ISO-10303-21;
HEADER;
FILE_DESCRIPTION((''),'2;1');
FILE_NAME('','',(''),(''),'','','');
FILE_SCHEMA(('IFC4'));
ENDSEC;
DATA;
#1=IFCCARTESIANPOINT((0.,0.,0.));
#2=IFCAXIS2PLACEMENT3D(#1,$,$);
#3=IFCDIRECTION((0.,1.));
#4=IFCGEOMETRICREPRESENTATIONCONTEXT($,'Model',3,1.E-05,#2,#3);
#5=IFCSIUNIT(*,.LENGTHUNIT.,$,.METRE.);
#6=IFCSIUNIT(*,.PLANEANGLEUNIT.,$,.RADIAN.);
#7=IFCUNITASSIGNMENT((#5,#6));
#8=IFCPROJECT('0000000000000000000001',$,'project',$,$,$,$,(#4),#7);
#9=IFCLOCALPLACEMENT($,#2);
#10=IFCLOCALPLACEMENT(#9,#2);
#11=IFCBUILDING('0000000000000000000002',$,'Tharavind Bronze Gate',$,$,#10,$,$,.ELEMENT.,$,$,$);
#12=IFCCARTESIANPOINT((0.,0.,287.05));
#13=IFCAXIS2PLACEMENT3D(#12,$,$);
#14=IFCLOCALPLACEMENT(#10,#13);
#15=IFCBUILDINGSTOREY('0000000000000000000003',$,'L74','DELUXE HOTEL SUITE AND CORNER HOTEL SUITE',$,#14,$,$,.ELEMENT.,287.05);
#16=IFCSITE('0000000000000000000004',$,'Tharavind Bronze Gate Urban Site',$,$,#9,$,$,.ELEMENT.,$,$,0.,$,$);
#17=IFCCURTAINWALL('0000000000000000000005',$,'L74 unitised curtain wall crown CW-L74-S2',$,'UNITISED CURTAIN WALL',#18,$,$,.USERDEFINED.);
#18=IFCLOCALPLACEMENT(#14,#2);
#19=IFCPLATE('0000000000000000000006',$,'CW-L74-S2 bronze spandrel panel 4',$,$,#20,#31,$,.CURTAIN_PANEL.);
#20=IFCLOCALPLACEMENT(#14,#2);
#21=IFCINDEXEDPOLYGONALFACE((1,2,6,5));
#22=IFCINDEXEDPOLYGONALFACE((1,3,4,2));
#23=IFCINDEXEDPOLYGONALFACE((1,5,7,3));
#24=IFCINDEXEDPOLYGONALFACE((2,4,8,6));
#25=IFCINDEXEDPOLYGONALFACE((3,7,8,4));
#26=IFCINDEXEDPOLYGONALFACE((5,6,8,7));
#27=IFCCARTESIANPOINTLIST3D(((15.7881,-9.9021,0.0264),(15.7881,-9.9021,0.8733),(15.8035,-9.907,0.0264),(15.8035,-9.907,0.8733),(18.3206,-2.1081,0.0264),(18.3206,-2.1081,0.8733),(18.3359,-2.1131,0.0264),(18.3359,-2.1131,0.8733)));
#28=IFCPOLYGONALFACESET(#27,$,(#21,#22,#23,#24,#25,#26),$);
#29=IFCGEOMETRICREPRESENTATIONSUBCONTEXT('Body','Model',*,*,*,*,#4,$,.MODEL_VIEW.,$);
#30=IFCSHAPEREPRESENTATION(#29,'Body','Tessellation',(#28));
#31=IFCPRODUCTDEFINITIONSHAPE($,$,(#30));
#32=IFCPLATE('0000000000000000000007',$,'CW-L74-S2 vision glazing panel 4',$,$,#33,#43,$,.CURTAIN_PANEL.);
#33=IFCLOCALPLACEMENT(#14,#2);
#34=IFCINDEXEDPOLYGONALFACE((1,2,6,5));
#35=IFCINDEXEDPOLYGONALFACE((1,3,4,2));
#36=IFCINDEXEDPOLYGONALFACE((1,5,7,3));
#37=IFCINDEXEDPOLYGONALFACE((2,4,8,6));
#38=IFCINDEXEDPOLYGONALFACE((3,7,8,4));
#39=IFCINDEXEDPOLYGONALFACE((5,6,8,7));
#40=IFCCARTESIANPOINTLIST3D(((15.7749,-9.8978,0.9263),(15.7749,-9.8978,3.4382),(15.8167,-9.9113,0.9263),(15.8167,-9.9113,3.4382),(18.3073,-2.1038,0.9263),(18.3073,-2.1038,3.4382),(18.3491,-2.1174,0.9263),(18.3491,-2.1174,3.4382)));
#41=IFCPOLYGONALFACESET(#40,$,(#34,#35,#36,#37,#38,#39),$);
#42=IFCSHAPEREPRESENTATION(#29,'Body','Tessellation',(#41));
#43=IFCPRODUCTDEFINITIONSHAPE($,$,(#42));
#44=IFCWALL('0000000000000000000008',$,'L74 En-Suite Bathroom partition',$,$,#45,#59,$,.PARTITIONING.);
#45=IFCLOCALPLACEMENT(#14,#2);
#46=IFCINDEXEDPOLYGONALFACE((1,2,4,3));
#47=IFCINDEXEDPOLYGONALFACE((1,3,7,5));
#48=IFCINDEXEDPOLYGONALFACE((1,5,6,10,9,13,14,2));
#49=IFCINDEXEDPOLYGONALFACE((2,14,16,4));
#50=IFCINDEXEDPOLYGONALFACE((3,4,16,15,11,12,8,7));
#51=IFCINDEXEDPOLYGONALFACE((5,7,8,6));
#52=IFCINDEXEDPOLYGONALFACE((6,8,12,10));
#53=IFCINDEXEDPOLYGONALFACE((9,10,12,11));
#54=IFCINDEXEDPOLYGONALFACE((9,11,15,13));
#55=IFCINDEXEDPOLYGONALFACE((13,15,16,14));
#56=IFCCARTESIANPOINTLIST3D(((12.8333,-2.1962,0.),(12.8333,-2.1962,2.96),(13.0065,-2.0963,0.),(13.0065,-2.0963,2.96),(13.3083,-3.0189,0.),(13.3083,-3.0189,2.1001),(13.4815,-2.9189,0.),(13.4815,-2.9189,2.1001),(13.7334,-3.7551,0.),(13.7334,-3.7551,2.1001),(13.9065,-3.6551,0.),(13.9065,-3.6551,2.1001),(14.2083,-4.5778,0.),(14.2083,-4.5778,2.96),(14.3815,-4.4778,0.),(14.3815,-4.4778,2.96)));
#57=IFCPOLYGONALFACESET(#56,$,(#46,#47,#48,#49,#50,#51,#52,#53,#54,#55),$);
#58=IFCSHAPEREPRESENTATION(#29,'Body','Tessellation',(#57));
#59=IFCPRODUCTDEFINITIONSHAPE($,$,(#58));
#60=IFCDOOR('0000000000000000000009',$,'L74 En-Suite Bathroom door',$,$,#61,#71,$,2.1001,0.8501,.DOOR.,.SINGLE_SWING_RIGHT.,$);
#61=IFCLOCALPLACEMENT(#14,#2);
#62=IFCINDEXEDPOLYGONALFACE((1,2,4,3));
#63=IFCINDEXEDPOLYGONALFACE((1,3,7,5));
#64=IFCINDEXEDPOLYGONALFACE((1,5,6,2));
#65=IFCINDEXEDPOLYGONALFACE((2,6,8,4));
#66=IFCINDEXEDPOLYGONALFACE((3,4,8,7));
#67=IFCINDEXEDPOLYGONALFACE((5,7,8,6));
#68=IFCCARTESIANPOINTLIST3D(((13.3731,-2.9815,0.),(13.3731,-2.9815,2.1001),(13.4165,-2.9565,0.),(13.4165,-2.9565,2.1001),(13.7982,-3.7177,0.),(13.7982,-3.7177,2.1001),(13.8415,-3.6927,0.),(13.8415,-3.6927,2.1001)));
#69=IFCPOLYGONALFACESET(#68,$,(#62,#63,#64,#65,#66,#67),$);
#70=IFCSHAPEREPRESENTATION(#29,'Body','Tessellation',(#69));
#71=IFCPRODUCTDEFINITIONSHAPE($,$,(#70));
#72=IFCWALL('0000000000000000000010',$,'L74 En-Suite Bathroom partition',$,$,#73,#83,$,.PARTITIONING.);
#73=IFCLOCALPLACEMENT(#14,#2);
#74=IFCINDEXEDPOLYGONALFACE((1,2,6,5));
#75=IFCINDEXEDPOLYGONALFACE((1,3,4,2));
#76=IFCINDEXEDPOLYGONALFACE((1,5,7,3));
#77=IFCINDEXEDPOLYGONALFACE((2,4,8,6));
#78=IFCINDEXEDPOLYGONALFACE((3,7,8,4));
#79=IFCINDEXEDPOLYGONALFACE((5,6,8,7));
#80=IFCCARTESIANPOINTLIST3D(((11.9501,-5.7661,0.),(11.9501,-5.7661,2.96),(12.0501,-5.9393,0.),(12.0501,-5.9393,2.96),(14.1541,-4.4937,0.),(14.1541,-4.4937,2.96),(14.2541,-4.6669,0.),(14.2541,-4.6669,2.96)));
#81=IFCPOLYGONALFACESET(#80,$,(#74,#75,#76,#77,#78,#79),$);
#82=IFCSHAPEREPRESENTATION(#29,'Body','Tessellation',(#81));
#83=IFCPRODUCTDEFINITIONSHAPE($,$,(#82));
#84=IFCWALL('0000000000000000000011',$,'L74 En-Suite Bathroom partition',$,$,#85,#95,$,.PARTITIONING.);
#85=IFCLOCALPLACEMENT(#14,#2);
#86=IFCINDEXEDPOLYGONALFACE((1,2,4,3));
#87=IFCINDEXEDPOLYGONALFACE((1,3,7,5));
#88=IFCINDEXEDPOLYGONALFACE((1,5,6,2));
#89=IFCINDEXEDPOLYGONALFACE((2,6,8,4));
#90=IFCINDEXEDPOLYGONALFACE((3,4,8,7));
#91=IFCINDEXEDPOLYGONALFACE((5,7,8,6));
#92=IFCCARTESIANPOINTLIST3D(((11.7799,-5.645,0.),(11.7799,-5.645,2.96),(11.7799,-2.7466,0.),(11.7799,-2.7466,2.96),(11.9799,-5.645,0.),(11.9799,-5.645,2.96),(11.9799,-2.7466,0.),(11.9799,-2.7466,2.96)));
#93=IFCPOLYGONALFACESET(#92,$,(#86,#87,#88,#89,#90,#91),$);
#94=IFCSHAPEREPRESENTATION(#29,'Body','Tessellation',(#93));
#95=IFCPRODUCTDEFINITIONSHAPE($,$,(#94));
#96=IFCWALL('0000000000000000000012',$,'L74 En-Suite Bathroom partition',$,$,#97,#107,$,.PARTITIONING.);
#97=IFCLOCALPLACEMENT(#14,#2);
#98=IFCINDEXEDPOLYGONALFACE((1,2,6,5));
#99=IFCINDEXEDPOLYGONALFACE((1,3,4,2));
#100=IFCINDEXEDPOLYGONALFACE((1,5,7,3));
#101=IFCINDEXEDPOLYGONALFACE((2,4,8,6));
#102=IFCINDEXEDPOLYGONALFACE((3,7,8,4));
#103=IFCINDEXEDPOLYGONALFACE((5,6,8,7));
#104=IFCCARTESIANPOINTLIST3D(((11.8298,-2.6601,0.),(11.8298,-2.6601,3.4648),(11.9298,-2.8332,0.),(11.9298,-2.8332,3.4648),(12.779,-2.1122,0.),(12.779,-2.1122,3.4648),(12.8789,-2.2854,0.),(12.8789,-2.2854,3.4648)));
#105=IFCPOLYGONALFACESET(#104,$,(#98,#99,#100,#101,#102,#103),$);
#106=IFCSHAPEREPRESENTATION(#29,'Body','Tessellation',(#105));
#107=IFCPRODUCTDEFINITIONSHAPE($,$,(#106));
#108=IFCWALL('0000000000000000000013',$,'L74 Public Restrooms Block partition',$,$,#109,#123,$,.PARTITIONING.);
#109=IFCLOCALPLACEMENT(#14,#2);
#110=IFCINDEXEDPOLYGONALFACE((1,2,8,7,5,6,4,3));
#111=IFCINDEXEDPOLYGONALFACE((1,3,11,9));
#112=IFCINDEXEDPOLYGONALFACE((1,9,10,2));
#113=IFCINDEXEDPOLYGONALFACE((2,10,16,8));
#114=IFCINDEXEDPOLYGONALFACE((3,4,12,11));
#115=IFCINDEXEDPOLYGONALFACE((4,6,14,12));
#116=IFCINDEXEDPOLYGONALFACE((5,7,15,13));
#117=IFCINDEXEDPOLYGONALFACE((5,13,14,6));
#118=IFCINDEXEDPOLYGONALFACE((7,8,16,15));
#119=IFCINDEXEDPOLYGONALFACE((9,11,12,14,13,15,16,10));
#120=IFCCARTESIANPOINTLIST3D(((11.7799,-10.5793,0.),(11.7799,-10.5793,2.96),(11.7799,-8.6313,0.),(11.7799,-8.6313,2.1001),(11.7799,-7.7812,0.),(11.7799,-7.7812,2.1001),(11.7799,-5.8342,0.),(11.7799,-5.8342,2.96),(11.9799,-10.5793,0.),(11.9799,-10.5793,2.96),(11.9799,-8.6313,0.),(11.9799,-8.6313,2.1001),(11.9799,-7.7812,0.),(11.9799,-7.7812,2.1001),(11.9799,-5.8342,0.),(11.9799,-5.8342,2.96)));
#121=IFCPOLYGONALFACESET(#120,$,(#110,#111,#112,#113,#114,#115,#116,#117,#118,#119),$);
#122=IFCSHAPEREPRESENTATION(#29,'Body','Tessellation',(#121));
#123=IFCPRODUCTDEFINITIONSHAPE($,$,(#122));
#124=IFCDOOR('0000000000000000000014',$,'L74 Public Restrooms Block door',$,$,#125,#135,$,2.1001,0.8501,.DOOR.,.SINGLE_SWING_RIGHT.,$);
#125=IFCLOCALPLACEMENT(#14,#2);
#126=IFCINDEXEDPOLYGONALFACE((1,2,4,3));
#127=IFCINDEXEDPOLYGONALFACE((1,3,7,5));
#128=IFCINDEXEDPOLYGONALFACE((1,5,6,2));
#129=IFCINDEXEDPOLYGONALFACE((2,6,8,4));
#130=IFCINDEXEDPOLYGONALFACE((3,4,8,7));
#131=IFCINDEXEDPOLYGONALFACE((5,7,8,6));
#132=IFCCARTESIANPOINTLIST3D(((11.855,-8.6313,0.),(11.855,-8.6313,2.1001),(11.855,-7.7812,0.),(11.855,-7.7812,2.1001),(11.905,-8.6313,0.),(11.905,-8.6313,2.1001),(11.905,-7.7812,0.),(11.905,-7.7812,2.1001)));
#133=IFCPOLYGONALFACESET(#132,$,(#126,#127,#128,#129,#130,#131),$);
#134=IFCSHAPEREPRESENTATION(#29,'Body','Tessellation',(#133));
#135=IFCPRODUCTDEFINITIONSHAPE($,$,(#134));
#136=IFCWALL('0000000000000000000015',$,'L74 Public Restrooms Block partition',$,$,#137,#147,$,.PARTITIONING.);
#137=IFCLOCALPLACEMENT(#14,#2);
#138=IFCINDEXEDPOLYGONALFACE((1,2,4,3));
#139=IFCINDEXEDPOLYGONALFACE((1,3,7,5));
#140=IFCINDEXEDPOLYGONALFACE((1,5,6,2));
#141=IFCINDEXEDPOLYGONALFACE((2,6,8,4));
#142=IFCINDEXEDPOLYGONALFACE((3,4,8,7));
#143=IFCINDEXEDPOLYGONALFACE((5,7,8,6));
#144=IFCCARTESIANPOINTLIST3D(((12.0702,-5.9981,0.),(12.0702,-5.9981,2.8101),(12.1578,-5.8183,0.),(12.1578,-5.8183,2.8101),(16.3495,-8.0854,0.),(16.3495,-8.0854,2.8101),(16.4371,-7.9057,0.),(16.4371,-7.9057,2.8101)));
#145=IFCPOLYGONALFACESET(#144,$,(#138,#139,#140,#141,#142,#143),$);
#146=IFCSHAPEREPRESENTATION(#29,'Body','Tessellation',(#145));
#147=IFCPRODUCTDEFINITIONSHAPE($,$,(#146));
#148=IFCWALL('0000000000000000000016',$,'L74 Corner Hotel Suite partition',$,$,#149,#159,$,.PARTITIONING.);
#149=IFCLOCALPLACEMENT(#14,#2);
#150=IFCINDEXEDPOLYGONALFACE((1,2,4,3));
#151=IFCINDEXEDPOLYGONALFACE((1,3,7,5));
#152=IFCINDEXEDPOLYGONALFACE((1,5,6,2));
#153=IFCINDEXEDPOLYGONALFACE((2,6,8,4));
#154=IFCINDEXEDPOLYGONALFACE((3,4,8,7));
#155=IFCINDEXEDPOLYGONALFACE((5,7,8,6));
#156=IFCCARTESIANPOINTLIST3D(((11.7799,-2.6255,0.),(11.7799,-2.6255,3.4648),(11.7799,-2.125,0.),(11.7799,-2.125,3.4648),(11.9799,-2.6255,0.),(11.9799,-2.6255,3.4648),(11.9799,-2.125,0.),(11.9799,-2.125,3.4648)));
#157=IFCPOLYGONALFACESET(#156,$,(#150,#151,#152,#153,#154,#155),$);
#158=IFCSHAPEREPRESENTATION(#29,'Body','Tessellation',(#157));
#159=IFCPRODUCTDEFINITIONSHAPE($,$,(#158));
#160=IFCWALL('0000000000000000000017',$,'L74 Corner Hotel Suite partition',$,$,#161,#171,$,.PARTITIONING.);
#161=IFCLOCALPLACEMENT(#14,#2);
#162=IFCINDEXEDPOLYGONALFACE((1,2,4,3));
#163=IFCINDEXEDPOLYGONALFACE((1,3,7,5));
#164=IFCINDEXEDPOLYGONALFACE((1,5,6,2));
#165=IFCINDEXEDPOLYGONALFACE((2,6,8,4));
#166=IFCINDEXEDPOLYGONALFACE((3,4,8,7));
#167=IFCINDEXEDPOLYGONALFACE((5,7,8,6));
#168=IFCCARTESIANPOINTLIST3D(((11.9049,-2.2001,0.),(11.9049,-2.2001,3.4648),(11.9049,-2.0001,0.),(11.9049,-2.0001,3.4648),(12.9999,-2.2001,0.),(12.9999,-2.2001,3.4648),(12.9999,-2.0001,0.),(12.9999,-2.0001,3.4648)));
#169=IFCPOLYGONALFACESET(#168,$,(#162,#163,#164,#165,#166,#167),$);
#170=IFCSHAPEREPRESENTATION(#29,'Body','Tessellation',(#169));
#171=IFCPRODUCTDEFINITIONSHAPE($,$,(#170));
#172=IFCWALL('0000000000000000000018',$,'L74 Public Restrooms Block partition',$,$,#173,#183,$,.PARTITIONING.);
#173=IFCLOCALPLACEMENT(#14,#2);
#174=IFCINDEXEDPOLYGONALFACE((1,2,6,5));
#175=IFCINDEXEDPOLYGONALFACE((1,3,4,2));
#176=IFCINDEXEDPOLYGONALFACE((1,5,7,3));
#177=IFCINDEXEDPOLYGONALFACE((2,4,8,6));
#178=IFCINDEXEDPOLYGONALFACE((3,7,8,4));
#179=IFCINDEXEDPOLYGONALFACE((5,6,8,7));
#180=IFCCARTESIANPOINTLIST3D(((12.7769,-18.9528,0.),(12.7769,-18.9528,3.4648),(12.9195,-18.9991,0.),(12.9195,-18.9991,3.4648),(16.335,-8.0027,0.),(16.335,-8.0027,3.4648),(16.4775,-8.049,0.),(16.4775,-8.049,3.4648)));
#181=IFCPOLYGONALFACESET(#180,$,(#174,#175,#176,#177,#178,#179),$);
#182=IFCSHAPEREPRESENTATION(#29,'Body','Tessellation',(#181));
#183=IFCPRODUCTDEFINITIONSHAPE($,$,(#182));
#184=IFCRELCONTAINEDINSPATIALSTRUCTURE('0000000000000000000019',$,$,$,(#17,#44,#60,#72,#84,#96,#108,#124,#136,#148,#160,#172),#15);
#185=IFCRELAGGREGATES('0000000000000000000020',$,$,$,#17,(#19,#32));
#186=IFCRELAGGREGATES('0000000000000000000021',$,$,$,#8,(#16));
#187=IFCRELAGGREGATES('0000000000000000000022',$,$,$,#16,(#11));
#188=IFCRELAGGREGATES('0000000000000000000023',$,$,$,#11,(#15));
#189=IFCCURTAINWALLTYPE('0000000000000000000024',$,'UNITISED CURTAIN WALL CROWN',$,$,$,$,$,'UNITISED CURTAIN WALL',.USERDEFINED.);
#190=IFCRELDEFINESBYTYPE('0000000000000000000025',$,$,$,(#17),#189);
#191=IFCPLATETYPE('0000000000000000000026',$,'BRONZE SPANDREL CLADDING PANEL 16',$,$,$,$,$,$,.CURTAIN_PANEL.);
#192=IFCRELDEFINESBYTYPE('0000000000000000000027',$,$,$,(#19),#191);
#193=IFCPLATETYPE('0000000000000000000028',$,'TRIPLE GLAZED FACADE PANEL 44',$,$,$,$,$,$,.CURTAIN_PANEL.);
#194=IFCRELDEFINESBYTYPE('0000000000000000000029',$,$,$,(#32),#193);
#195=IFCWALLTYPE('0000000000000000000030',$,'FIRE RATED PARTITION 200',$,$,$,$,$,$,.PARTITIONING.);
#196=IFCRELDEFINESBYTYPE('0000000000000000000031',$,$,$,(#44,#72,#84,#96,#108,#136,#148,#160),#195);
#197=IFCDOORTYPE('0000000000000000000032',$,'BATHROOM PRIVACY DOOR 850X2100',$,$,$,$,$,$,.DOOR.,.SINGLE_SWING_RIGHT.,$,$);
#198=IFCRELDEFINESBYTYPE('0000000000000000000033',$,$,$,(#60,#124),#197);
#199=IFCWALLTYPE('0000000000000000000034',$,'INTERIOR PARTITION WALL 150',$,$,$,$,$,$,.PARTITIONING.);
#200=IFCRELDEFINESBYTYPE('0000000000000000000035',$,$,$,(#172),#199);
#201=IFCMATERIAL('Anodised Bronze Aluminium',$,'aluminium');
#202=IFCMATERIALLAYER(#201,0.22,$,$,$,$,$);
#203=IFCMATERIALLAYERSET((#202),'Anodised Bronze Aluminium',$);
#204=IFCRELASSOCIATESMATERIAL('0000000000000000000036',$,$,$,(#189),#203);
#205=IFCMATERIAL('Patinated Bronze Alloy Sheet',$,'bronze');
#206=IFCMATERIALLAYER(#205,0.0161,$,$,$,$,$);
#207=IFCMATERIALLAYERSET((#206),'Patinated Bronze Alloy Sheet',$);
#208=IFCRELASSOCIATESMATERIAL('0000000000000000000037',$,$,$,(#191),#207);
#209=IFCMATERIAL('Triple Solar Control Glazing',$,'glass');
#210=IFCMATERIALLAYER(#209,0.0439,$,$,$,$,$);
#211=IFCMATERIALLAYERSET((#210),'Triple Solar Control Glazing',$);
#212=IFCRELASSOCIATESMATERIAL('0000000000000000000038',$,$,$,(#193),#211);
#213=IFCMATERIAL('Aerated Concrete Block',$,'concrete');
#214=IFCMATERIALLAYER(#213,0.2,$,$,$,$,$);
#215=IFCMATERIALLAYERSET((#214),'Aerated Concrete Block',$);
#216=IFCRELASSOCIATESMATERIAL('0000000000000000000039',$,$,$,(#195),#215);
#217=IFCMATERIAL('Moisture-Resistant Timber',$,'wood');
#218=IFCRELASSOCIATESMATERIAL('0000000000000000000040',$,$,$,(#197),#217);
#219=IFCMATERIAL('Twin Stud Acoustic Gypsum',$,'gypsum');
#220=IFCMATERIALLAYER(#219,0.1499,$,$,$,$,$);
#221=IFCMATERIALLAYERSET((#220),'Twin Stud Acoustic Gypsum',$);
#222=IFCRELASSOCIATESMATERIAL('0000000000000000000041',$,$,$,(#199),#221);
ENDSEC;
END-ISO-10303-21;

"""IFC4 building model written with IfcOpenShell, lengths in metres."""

from ifc_helpers import new_model, si_unit, direction, frame, frame_2d, origin, origin_2d, place, context, subcontext, project, spatial, rectangle, extrude, material, layer, layer_set, type_object, element, fill, aggregate, save


model = new_model("IFC4")

# Units and contexts
model_context = context("Model", 3, precision=1e-05, world=origin(), true_north=direction((0.0, 1.0)))
body_context = subcontext(model_context, "Body", "Model", "MODEL_VIEW")
ifc_project = project(units=[si_unit("LENGTHUNIT", "METRE"), si_unit("PLANEANGLEUNIT", "RADIAN")], contexts=[model_context])

# Site, building, storey
site_placement = place(None, origin())
site = spatial("IfcSite", under=ifc_project, at=site_placement, Name="Tharavind Bronze Gate Urban Site", CompositionType="ELEMENT", RefElevation=0.0)
building_placement = place(site_placement, origin())
building = spatial("IfcBuilding", under=site, at=building_placement, Name="Tharavind Bronze Gate", CompositionType="ELEMENT")
storey_placement = place(building_placement, frame((0.0, 0.0, 287.05)))
storey = spatial("IfcBuildingStorey", under=building, at=storey_placement, Name="L74", Description="DELUXE HOTEL SUITE AND CORNER HOTEL SUITE", CompositionType="ELEMENT", Elevation=287.05)

# Curtain wall
ifc_material_1 = material(Name="Anodised Bronze Aluminium", Category="aluminium")
ifc_layer_1 = layer(ifc_material_1, 0.22)
ifc_layer_set_1 = layer_set([ifc_layer_1], Name="Anodised Bronze Aluminium")
curtain_wall_type = type_object("IfcCurtainWallType", Name="UNITISED CURTAIN WALL CROWN", ElementType="UNITISED CURTAIN WALL", PredefinedType="USERDEFINED", material=ifc_layer_set_1)
curtain_wall_placement = place(storey_placement, origin())
curtain_wall = element("IfcCurtainWall", 1, at=curtain_wall_placement, inside=storey, type_object=curtain_wall_type, Name="L74 unitised curtain wall crown CW-L74-S2", ObjectType="UNITISED CURTAIN WALL", PredefinedType="USERDEFINED")

# Plates
ifc_material_2 = material(Name="Patinated Bronze Alloy Sheet", Category="bronze")
ifc_layer_2 = layer(ifc_material_2, 0.0161)
ifc_layer_set_2 = layer_set([ifc_layer_2], Name="Patinated Bronze Alloy Sheet")
plate_type_1 = type_object("IfcPlateType", Name="BRONZE SPANDREL CLADDING PANEL 16", PredefinedType="CURTAIN_PANEL", material=ifc_layer_set_2)
plate_1_placement = place(storey_placement, frame((17.062, -6.0076, 0.0264), z_axis=(0.0, 0.0, 1.0), x_axis=(0.309017, 0.951057, 0.0)))
plate_1 = element("IfcPlate", 2, at=plate_1_placement, type_object=plate_type_1, Name="CW-L74-S2 bronze spandrel panel 4", PredefinedType="CURTAIN_PANEL", context=body_context, shape_type="SweptSolid", body=[
    extrude(rectangle(XDim=8.1951, YDim=0.0161, at=origin_2d()), origin(), (0.0, 0.0, 1.0), 0.8469),
])
ifc_material_3 = material(Name="Triple Solar Control Glazing", Category="glass")
ifc_layer_3 = layer(ifc_material_3, 0.0439)
ifc_layer_set_3 = layer_set([ifc_layer_3], Name="Triple Solar Control Glazing")
plate_type_2 = type_object("IfcPlateType", Name="TRIPLE GLAZED FACADE PANEL 44", PredefinedType="CURTAIN_PANEL", material=ifc_layer_set_3)
plate_2_placement = place(storey_placement, frame((17.062, -6.0076, 0.9263), z_axis=(0.0, 0.0, 1.0), x_axis=(0.309017, 0.951057, 0.0)))
plate_2 = element("IfcPlate", 3, at=plate_2_placement, type_object=plate_type_2, Name="CW-L74-S2 vision glazing panel 4", PredefinedType="CURTAIN_PANEL", context=body_context, shape_type="SweptSolid", body=[
    extrude(rectangle(XDim=8.1951, YDim=0.0439, at=origin_2d()), origin(), (0.0, 0.0, 1.0), 2.512),
])
aggregate(curtain_wall, [plate_1, plate_2])

# Wall, opening, door
ifc_material_4 = material(Name="Aerated Concrete Block", Category="concrete")
ifc_layer_4 = layer(ifc_material_4, 0.2)
ifc_layer_set_4 = layer_set([ifc_layer_4], Name="Aerated Concrete Block")
wall_type_1 = type_object("IfcWallType", Name="FIRE RATED PARTITION 200", PredefinedType="PARTITIONING", material=ifc_layer_set_4)
wall_1_placement = place(storey_placement, frame((12.9199, -2.1462, 0.0), z_axis=(0.0, 0.0, 1.0), x_axis=(0.499997, -0.866027, 0.0)))
wall_1 = element("IfcWall", 4, at=wall_1_placement, inside=storey, type_object=wall_type_1, Name="L74 En-Suite Bathroom partition", PredefinedType="PARTITIONING", context=body_context, shape_type="SweptSolid", body=[
    extrude(rectangle(XDim=2.75, YDim=0.2, at=frame_2d((1.375, 0.0))), origin(), (0.0, 0.0, 1.0), 2.96),
])
opening_1_placement = place(wall_1_placement, frame((0.95, 0.0, 0.0)))
opening_1 = element("IfcOpeningElement", 5, at=opening_1_placement, cuts=wall_1, PredefinedType="OPENING", context=body_context, shape_type="SweptSolid", body=[
    extrude(rectangle(XDim=0.8501, YDim=2.1001, at=frame_2d((0.425, 1.05))), frame((0.0, 0.1101, 0.0), z_axis=(0.0, -1.0, 0.0), x_axis=(1.0, 0.0, 0.0)), (0.0, 0.0, 1.0), 0.22),
])
ifc_material_5 = material(Name="Moisture-Resistant Timber", Category="wood")
door_type_1 = type_object("IfcDoorType", Name="BATHROOM PRIVACY DOOR 850X2100", OperationType="SINGLE_SWING_RIGHT", PredefinedType="DOOR", material=ifc_material_5)
door_1_placement = place(opening_1_placement, origin())
door_1 = element("IfcDoor", 6, at=door_1_placement, inside=storey, type_object=door_type_1, Name="L74 En-Suite Bathroom door", OperationType="SINGLE_SWING_RIGHT", OverallHeight=2.1001, OverallWidth=0.8501, PredefinedType="DOOR", context=body_context, shape_type="SweptSolid", body=[
    extrude(rectangle(XDim=0.8501, YDim=2.1001, at=frame_2d((0.425, 1.05))), frame((0.0, 0.0249, 0.0), z_axis=(0.0, -1.0, 0.0), x_axis=(1.0, 0.0, 0.0)), (0.0, 0.0, 1.0), 0.05),
])
fill(opening_1, door_1)

# Walls
wall_2_placement = place(storey_placement, frame((14.2041, -4.5803, 0.0), z_axis=(0.0, 0.0, 1.0), x_axis=(-0.866039, -0.499977, 0.0)))
element("IfcWall", 7, at=wall_2_placement, inside=storey, type_object=wall_type_1, Name="L74 En-Suite Bathroom partition", PredefinedType="PARTITIONING", context=body_context, shape_type="SweptSolid", body=[
    extrude(rectangle(XDim=2.5449, YDim=0.2, at=frame_2d((1.2725, 0.0))), origin(), (0.0, 0.0, 1.0), 2.96),
])
wall_3_placement = place(storey_placement, frame((11.8799, -5.645, 0.0), z_axis=(0.0, 0.0, 1.0), x_axis=(0.0, 1.0, 0.0)))
element("IfcWall", 8, at=wall_3_placement, inside=storey, type_object=wall_type_1, Name="L74 En-Suite Bathroom partition", PredefinedType="PARTITIONING", context=body_context, shape_type="SweptSolid", body=[
    extrude(rectangle(XDim=2.8984, YDim=0.2, at=frame_2d((1.4492, 0.0))), origin(), (0.0, 0.0, 1.0), 2.96),
])
wall_4_placement = place(storey_placement, frame((11.8799, -2.7466, 0.0), z_axis=(0.0, 0.0, 1.0), x_axis=(0.866097, 0.499877, 0.0)))
element("IfcWall", 9, at=wall_4_placement, inside=storey, type_object=wall_type_1, Name="L74 En-Suite Bathroom partition", PredefinedType="PARTITIONING", context=body_context, shape_type="SweptSolid", body=[
    extrude(rectangle(XDim=1.0959, YDim=0.2, at=frame_2d((0.5479, 0.0))), origin(), (0.0, 0.0, 1.0), 3.4648),
])

# Wall, opening, door
wall_5_placement = place(storey_placement, frame((11.8799, -10.5793, 0.0), z_axis=(0.0, 0.0, 1.0), x_axis=(0.0, 1.0, 0.0)))
wall_5 = element("IfcWall", 10, at=wall_5_placement, inside=storey, type_object=wall_type_1, Name="L74 Public Restrooms Block partition", PredefinedType="PARTITIONING", context=body_context, shape_type="SweptSolid", body=[
    extrude(rectangle(XDim=4.7451, YDim=0.2, at=frame_2d((2.3726, 0.0))), origin(), (0.0, 0.0, 1.0), 2.96),
])
opening_2_placement = place(wall_5_placement, frame((1.948, 0.0, 0.0)))
opening_2 = element("IfcOpeningElement", 11, at=opening_2_placement, cuts=wall_5, PredefinedType="OPENING", context=body_context, shape_type="SweptSolid", body=[
    extrude(rectangle(XDim=0.8501, YDim=2.1001, at=frame_2d((0.425, 1.05))), frame((0.0, 0.1101, 0.0), z_axis=(0.0, -1.0, 0.0), x_axis=(1.0, 0.0, 0.0)), (0.0, 0.0, 1.0), 0.22),
])
door_2_placement = place(opening_2_placement, origin())
door_2 = element("IfcDoor", 12, at=door_2_placement, inside=storey, type_object=door_type_1, Name="L74 Public Restrooms Block door", OperationType="SINGLE_SWING_RIGHT", OverallHeight=2.1001, OverallWidth=0.8501, PredefinedType="DOOR", context=body_context, shape_type="SweptSolid", body=[
    extrude(rectangle(XDim=0.8501, YDim=2.1001, at=frame_2d((0.425, 1.05))), frame((0.0, 0.0249, 0.0), z_axis=(0.0, -1.0, 0.0), x_axis=(1.0, 0.0, 0.0)), (0.0, 0.0, 1.0), 0.05),
])
fill(opening_2, door_2)

# Walls
wall_6_placement = place(storey_placement, frame((12.114, -5.9082, 0.0), z_axis=(0.0, 0.0, 1.0), x_axis=(0.898773, -0.438414, 0.0)))
element("IfcWall", 13, at=wall_6_placement, inside=storey, type_object=wall_type_1, Name="L74 Public Restrooms Block partition", PredefinedType="PARTITIONING", context=body_context, shape_type="SweptSolid", body=[
    extrude(rectangle(XDim=4.7612, YDim=0.2, at=frame_2d((2.3806, 0.0))), origin(), (0.0, 0.0, 1.0), 2.8101),
])
wall_7_placement = place(storey_placement, frame((11.8799, -2.6255, 0.0), z_axis=(0.0, 0.0, 1.0), x_axis=(0.0, 1.0, 0.0)))
element("IfcWall", 14, at=wall_7_placement, inside=storey, type_object=wall_type_1, Name="L74 Corner Hotel Suite partition", PredefinedType="PARTITIONING", context=body_context, shape_type="SweptSolid", body=[
    extrude(rectangle(XDim=0.5005, YDim=0.2, at=frame_2d((0.2502, 0.0))), origin(), (0.0, 0.0, 1.0), 3.4648),
])
wall_8_placement = place(storey_placement, frame((11.905, -2.1001, 0.0), z_axis=(0.0, 0.0, 1.0), x_axis=(1.0, 0.0, 0.0)))
element("IfcWall", 15, at=wall_8_placement, inside=storey, type_object=wall_type_1, Name="L74 Corner Hotel Suite partition", PredefinedType="PARTITIONING", context=body_context, shape_type="SweptSolid", body=[
    extrude(rectangle(XDim=1.095, YDim=0.2, at=frame_2d((0.5474, 0.0))), origin(), (0.0, 0.0, 1.0), 3.4648),
])

# Wall
ifc_material_6 = material(Name="Twin Stud Acoustic Gypsum", Category="gypsum")
ifc_layer_5 = layer(ifc_material_6, 0.1499)
ifc_layer_set_5 = layer_set([ifc_layer_5], Name="Twin Stud Acoustic Gypsum")
wall_type_2 = type_object("IfcWallType", Name="INTERIOR PARTITION WALL 150", PredefinedType="PARTITIONING", material=ifc_layer_set_5)
wall_9_placement = place(storey_placement, frame((16.4062, -8.0259, 0.0), z_axis=(0.0, 0.0, 1.0), x_axis=(-0.30903, -0.951052, 0.0)))
element("IfcWall", 16, at=wall_9_placement, inside=storey, type_object=wall_type_2, Name="L74 Public Restrooms Block partition", PredefinedType="PARTITIONING", context=body_context, shape_type="SweptSolid", body=[
    extrude(rectangle(XDim=11.5137, YDim=0.1499, at=frame_2d((5.7568, 0.0))), origin(), (0.0, 0.0, 1.0), 3.4648),
])

save(model, "model.ifc")
